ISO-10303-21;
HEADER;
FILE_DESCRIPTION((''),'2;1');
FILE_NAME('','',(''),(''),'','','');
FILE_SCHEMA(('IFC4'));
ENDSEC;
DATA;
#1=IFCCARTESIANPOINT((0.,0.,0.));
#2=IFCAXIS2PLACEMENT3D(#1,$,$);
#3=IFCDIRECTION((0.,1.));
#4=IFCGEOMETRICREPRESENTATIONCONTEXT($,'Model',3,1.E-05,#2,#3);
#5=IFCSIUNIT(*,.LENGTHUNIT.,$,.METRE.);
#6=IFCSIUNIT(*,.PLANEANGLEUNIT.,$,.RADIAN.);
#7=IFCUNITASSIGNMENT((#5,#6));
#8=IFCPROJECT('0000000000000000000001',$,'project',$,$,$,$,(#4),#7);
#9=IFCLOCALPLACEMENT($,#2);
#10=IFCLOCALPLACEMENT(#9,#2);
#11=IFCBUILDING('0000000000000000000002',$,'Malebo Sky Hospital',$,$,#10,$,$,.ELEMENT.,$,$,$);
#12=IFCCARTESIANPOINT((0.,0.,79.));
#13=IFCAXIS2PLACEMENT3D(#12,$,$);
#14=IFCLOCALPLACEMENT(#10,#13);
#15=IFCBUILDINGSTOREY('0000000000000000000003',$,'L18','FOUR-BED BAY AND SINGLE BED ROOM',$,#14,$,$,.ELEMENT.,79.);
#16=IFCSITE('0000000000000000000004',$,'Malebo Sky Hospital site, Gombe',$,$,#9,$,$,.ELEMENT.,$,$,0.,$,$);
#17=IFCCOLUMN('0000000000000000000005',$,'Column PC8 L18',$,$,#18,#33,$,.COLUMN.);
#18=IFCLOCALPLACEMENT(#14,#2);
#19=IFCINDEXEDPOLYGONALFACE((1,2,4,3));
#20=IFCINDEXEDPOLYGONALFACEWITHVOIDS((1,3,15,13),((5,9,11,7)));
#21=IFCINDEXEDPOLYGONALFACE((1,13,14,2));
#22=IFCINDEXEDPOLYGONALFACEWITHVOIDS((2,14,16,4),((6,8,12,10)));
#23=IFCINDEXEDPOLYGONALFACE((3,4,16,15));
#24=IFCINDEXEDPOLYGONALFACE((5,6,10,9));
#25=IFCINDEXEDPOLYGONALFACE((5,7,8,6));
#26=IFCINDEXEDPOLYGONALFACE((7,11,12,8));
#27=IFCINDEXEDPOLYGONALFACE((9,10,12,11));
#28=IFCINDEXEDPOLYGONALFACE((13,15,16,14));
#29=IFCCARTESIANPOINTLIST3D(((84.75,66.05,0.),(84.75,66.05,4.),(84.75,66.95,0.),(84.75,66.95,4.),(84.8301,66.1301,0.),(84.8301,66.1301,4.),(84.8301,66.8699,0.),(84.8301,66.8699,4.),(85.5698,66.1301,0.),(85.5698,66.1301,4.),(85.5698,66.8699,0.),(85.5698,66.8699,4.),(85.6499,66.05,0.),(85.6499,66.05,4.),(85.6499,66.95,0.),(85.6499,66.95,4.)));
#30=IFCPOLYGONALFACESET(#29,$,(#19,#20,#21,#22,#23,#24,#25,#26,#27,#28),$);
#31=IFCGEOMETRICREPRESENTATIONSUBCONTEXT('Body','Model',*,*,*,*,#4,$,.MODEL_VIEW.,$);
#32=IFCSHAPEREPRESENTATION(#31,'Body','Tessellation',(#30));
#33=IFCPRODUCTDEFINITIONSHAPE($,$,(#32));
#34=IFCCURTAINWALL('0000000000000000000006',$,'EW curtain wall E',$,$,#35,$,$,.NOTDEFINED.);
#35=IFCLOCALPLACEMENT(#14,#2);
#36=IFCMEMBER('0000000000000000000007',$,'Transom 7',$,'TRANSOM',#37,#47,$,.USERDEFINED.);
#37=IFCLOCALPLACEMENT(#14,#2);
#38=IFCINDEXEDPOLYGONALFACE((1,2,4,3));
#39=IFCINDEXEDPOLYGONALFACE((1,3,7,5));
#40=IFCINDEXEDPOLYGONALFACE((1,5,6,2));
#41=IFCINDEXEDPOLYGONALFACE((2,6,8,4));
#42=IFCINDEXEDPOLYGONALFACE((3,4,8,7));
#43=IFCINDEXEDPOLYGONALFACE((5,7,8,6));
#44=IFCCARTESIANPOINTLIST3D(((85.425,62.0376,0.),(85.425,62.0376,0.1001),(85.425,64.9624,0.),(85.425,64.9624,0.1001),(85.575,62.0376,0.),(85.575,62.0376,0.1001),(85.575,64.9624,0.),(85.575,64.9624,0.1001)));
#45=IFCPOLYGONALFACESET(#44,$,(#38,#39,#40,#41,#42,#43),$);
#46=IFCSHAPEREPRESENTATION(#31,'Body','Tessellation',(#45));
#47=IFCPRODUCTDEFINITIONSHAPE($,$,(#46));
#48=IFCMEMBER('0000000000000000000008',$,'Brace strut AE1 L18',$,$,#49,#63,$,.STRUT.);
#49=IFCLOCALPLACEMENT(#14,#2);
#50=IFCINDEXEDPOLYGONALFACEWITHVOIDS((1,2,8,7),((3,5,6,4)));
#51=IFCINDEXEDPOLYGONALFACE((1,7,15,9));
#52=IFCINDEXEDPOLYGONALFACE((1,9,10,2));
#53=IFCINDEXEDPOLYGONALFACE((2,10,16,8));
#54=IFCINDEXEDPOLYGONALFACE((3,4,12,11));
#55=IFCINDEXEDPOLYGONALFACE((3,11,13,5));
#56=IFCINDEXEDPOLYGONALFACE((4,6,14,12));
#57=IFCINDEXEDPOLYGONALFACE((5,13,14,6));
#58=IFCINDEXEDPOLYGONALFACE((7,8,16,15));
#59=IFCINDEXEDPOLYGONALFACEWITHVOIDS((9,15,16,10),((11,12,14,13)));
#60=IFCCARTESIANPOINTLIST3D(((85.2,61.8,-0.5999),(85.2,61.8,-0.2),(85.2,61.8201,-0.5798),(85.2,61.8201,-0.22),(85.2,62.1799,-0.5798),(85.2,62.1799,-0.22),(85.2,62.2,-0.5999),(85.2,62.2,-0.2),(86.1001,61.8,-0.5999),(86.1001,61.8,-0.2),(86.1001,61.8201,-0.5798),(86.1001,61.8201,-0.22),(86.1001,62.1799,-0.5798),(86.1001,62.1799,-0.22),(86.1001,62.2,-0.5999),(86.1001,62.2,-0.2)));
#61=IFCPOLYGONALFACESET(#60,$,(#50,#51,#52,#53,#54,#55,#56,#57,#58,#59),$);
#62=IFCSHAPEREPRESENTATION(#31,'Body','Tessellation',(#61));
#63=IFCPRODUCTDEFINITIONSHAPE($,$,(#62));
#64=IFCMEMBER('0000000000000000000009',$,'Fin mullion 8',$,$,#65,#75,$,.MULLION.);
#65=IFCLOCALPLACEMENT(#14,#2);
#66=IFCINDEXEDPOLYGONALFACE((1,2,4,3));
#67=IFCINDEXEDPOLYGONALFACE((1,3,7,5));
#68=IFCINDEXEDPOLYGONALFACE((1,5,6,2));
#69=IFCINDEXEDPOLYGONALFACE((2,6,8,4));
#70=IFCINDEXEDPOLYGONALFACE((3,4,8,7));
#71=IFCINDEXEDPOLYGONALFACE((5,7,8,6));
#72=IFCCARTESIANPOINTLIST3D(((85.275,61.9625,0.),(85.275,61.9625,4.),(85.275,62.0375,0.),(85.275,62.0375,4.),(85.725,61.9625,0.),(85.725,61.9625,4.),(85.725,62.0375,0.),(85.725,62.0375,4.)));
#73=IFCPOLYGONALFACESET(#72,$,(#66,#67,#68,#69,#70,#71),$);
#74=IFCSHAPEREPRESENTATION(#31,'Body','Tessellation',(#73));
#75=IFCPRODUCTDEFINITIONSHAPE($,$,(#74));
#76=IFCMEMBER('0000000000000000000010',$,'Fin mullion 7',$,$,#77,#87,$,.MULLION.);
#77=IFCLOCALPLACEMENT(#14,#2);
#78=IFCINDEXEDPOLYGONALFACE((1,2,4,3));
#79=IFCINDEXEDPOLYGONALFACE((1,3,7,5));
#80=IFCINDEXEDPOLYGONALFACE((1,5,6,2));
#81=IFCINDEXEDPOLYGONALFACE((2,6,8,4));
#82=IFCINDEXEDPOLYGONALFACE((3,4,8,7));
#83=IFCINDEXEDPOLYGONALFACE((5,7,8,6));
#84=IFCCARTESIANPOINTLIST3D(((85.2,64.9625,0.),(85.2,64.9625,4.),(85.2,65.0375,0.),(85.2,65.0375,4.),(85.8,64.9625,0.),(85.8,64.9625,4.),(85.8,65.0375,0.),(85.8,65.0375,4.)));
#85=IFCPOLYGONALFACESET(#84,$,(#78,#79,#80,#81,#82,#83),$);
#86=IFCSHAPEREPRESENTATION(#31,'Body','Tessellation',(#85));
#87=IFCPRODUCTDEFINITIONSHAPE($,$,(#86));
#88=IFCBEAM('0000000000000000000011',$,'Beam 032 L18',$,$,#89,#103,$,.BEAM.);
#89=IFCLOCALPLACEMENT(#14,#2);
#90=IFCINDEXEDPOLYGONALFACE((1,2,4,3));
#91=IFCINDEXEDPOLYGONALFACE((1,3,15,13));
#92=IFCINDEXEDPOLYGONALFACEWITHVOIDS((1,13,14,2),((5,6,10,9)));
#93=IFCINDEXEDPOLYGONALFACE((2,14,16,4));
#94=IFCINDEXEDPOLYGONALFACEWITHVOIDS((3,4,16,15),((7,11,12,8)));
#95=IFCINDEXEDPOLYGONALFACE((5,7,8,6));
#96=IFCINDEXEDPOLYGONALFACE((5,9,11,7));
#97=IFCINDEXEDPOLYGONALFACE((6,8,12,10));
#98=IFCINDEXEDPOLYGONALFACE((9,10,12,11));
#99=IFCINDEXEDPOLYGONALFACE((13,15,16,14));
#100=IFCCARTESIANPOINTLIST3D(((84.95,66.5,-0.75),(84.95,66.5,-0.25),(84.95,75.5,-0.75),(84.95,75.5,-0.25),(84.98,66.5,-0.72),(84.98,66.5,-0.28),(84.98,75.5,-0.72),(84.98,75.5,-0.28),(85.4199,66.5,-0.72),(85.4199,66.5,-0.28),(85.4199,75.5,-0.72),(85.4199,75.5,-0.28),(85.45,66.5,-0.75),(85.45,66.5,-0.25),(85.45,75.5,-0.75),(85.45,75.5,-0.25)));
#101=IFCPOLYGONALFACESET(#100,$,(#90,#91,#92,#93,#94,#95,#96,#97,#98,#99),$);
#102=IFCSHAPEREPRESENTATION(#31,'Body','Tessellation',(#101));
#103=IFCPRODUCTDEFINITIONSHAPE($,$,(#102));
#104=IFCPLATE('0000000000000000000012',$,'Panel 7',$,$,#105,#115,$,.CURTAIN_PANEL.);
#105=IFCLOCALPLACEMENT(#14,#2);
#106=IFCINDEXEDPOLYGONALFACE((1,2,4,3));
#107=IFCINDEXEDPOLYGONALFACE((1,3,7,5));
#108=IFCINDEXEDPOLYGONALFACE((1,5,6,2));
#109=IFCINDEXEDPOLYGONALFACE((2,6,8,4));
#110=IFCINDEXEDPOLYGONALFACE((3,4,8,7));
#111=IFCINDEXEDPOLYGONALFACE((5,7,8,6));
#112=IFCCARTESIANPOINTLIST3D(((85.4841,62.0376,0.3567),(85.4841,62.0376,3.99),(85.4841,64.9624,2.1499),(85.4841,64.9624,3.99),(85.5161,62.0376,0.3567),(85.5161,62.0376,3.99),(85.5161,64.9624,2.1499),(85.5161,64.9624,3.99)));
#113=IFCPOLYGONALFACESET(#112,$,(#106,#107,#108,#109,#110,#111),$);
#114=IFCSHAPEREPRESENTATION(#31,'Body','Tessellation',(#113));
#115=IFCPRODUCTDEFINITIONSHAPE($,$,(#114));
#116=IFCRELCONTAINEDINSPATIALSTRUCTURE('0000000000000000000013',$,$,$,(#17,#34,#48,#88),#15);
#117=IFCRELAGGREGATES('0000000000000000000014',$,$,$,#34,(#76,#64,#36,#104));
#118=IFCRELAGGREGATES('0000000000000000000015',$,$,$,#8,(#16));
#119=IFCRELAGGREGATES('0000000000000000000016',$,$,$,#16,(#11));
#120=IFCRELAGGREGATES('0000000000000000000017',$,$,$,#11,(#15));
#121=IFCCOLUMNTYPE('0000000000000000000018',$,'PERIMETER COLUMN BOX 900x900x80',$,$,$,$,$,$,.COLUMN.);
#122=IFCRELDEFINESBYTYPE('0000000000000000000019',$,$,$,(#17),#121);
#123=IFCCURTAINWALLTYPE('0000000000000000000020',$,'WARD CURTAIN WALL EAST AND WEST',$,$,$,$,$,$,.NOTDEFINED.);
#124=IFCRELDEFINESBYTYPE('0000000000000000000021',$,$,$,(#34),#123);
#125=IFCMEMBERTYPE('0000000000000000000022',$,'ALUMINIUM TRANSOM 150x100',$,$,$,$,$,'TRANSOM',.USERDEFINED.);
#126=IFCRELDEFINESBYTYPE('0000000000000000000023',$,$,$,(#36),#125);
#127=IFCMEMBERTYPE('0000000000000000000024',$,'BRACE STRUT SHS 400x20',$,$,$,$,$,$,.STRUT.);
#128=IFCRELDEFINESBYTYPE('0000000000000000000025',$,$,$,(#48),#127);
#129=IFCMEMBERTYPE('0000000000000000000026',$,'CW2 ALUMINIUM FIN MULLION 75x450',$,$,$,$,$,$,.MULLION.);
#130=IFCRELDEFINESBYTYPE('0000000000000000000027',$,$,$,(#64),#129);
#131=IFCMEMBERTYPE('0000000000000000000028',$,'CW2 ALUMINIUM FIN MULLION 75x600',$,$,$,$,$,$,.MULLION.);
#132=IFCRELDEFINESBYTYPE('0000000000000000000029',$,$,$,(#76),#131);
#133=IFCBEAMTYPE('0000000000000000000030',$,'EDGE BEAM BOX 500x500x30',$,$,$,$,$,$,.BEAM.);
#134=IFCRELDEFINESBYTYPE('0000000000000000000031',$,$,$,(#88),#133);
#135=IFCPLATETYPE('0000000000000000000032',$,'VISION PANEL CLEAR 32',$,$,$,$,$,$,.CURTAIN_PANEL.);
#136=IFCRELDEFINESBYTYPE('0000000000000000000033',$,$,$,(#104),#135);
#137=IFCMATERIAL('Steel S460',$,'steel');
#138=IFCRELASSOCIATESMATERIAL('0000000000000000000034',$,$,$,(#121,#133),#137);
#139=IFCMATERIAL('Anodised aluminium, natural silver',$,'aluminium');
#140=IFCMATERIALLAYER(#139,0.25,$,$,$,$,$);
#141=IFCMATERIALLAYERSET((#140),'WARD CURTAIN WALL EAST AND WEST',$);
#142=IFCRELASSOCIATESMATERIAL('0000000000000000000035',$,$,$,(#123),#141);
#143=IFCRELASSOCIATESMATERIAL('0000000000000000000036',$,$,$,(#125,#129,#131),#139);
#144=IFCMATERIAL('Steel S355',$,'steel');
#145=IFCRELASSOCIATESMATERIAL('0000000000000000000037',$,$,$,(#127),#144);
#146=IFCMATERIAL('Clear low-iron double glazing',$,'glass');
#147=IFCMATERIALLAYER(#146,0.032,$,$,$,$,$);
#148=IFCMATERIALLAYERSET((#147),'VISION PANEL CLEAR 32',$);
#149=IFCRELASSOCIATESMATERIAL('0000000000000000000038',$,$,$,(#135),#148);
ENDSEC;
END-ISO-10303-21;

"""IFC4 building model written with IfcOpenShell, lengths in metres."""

from ifc_helpers import new_model, si_unit, direction, frame, origin, origin_2d, place, context, subcontext, project, spatial, polyline, rectangle, hollow_rectangle, outline, extrude, material, layer, layer_set, material_profile, profile_set, type_object, element, aggregate, save


model = new_model("IFC4")

# Units and contexts
model_context = context("Model", 3, precision=1e-05, world=origin(), true_north=direction((0.0, 1.0)))
body_context = subcontext(model_context, "Body", "Model", "MODEL_VIEW")
ifc_project = project(units=[si_unit("LENGTHUNIT", "METRE"), si_unit("PLANEANGLEUNIT", "RADIAN")], contexts=[model_context])

# Site, building, storey
site_placement = place(None, origin())
site = spatial("IfcSite", under=ifc_project, at=site_placement, Name="Malebo Sky Hospital site, Gombe", CompositionType="ELEMENT", RefElevation=0.0)
building_placement = place(site_placement, origin())
building = spatial("IfcBuilding", under=site, at=building_placement, Name="Malebo Sky Hospital", CompositionType="ELEMENT")
storey_placement = place(building_placement, frame((0.0, 0.0, 79.0)))
storey = spatial("IfcBuildingStorey", under=building, at=storey_placement, Name="L18", Description="FOUR-BED BAY AND SINGLE BED ROOM", CompositionType="ELEMENT", Elevation=79.0)

# Column
ifc_material_1 = material(Name="Steel S460", Category="steel")
ifc_material_profile_1 = material_profile(ifc_material_1, hollow_rectangle(XDim=0.8999, YDim=0.8999, WallThickness=0.0801, at=origin_2d()), Name="BOX 900x900x80")
ifc_profile_set_1 = profile_set([ifc_material_profile_1], Name="Steel S460")
column_type = type_object("IfcColumnType", Name="PERIMETER COLUMN BOX 900x900x80", PredefinedType="COLUMN", material=ifc_profile_set_1)
column_placement = place(storey_placement, frame((85.2, 66.5, 0.0), z_axis=(0.0, 0.0, 1.0), x_axis=(1.0, 0.0, 0.0)))
element("IfcColumn", 1, at=column_placement, inside=storey, type_object=column_type, Name="Column PC8 L18", PredefinedType="COLUMN", context=body_context, shape_type="SweptSolid", body=[
    extrude(hollow_rectangle(XDim=0.8999, YDim=0.8999, WallThickness=0.0801, at=origin_2d()), origin(), (0.0, 0.0, 1.0), 4.0),
])

# Curtain wall, member
ifc_material_2 = material(Name="Anodised aluminium, natural silver", Category="aluminium")
ifc_layer_1 = layer(ifc_material_2, 0.25)
ifc_layer_set_1 = layer_set([ifc_layer_1], Name="WARD CURTAIN WALL EAST AND WEST")
curtain_wall_type = type_object("IfcCurtainWallType", Name="WARD CURTAIN WALL EAST AND WEST", PredefinedType="NOTDEFINED", material=ifc_layer_set_1)
curtain_wall_placement = place(storey_placement, origin())
curtain_wall = element("IfcCurtainWall", 2, at=curtain_wall_placement, inside=storey, type_object=curtain_wall_type, Name="EW curtain wall E", PredefinedType="NOTDEFINED")
ifc_material_profile_2 = material_profile(ifc_material_2, rectangle(XDim=0.1499, YDim=0.1001, at=origin_2d()), Name="ALUMINIUM TRANSOM 150x100")
ifc_profile_set_2 = profile_set([ifc_material_profile_2], Name="Anodised aluminium, natural silver")
member_type_1 = type_object("IfcMemberType", Name="ALUMINIUM TRANSOM 150x100", ElementType="TRANSOM", PredefinedType="USERDEFINED", material=ifc_profile_set_2)
member_1_placement = place(storey_placement, frame((85.5, 64.9624, 0.05), z_axis=(0.0, -1.0, 0.0), x_axis=(1.0, 0.0, 0.0)))
member_1 = element("IfcMember", 3, at=member_1_placement, type_object=member_type_1, Name="Transom 7", ObjectType="TRANSOM", PredefinedType="USERDEFINED", context=body_context, shape_type="SweptSolid", body=[
    extrude(rectangle(XDim=0.1499, YDim=0.1001, at=origin_2d()), origin(), (0.0, 0.0, 1.0), 2.9248),
])

# Members
ifc_material_3 = material(Name="Steel S355", Category="steel")
ifc_material_profile_3 = material_profile(ifc_material_3, hollow_rectangle(XDim=0.3999, YDim=0.3999, WallThickness=0.02, at=origin_2d()), Name="SHS 400x20")
ifc_profile_set_3 = profile_set([ifc_material_profile_3], Name="Steel S355")
member_type_2 = type_object("IfcMemberType", Name="BRACE STRUT SHS 400x20", PredefinedType="STRUT", material=ifc_profile_set_3)
member_2_placement = place(storey_placement, frame((86.1001, 62.0, -0.3999), z_axis=(-1.0, 0.0, 0.0), x_axis=(0.0, -1.0, 0.0)))
element("IfcMember", 4, at=member_2_placement, inside=storey, type_object=member_type_2, Name="Brace strut AE1 L18", PredefinedType="STRUT", context=body_context, shape_type="SweptSolid", body=[
    extrude(hollow_rectangle(XDim=0.3999, YDim=0.3999, WallThickness=0.02, at=origin_2d()), origin(), (0.0, 0.0, 1.0), 0.9001),
])
ifc_material_profile_4 = material_profile(ifc_material_2, rectangle(XDim=0.075, YDim=0.45, at=origin_2d()), Name="CW2 ALUMINIUM FIN MULLION 75x450")
ifc_profile_set_4 = profile_set([ifc_material_profile_4], Name="Anodised aluminium, natural silver")
member_type_3 = type_object("IfcMemberType", Name="CW2 ALUMINIUM FIN MULLION 75x450", PredefinedType="MULLION", material=ifc_profile_set_4)
member_3_placement = place(storey_placement, frame((85.5, 62.0, 0.0), z_axis=(0.0, 0.0, 1.0), x_axis=(0.0, -1.0, 0.0)))
member_3 = element("IfcMember", 5, at=member_3_placement, type_object=member_type_3, Name="Fin mullion 8", PredefinedType="MULLION", context=body_context, shape_type="SweptSolid", body=[
    extrude(rectangle(XDim=0.075, YDim=0.45, at=origin_2d()), origin(), (0.0, 0.0, 1.0), 4.0),
])
ifc_material_profile_5 = material_profile(ifc_material_2, rectangle(XDim=0.075, YDim=0.6001, at=origin_2d()), Name="CW2 ALUMINIUM FIN MULLION 75x600")
ifc_profile_set_5 = profile_set([ifc_material_profile_5], Name="Anodised aluminium, natural silver")
member_type_4 = type_object("IfcMemberType", Name="CW2 ALUMINIUM FIN MULLION 75x600", PredefinedType="MULLION", material=ifc_profile_set_5)
member_4_placement = place(storey_placement, frame((85.5, 65.0, 0.0), z_axis=(0.0, 0.0, 1.0), x_axis=(0.0, -1.0, 0.0)))
member_4 = element("IfcMember", 6, at=member_4_placement, type_object=member_type_4, Name="Fin mullion 7", PredefinedType="MULLION", context=body_context, shape_type="SweptSolid", body=[
    extrude(rectangle(XDim=0.075, YDim=0.6001, at=origin_2d()), origin(), (0.0, 0.0, 1.0), 4.0),
])

# Beam
ifc_material_profile_6 = material_profile(ifc_material_1, hollow_rectangle(XDim=0.5, YDim=0.5, WallThickness=0.03, at=origin_2d()), Name="BOX 500x500x30")
ifc_profile_set_6 = profile_set([ifc_material_profile_6], Name="Steel S460")
beam_type = type_object("IfcBeamType", Name="EDGE BEAM BOX 500x500x30", PredefinedType="BEAM", material=ifc_profile_set_6)
beam_placement = place(storey_placement, frame((85.2, 66.5, -0.5), z_axis=(0.0, 1.0, 0.0), x_axis=(-1.0, 0.0, 0.0)))
element("IfcBeam", 7, at=beam_placement, inside=storey, type_object=beam_type, Name="Beam 032 L18", PredefinedType="BEAM", context=body_context, shape_type="SweptSolid", body=[
    extrude(hollow_rectangle(XDim=0.5, YDim=0.5, WallThickness=0.03, at=origin_2d()), origin(), (0.0, 0.0, 1.0), 9.0),
])

# Plate
ifc_material_4 = material(Name="Clear low-iron double glazing", Category="glass")
ifc_layer_2 = layer(ifc_material_4, 0.032)
ifc_layer_set_2 = layer_set([ifc_layer_2], Name="VISION PANEL CLEAR 32")
plate_type = type_object("IfcPlateType", Name="VISION PANEL CLEAR 32", PredefinedType="CURTAIN_PANEL", material=ifc_layer_set_2)
plate_placement = place(storey_placement, frame((85.5, 63.5, 0.3567), z_axis=(0.0, 0.0, 1.0), x_axis=(0.0, -1.0, 0.0)))
plate = element("IfcPlate", 8, at=plate_placement, type_object=plate_type, Name="Panel 7", PredefinedType="CURTAIN_PANEL", context=body_context, shape_type="SweptSolid", body=[
    extrude(outline(polyline([(1.4624, 0.0), (1.4624, 3.6333), (-1.4624, 3.6333), (-1.4624, 1.7932), (1.4624, 0.0)])), frame((0.0, 0.0161, 0.0), z_axis=(0.0, -1.0, 0.0), x_axis=(1.0, 0.0, 0.0)), (0.0, 0.0, 1.0), 0.032),
])
aggregate(curtain_wall, [member_4, member_3, member_1, plate])

save(model, "model.ifc")
